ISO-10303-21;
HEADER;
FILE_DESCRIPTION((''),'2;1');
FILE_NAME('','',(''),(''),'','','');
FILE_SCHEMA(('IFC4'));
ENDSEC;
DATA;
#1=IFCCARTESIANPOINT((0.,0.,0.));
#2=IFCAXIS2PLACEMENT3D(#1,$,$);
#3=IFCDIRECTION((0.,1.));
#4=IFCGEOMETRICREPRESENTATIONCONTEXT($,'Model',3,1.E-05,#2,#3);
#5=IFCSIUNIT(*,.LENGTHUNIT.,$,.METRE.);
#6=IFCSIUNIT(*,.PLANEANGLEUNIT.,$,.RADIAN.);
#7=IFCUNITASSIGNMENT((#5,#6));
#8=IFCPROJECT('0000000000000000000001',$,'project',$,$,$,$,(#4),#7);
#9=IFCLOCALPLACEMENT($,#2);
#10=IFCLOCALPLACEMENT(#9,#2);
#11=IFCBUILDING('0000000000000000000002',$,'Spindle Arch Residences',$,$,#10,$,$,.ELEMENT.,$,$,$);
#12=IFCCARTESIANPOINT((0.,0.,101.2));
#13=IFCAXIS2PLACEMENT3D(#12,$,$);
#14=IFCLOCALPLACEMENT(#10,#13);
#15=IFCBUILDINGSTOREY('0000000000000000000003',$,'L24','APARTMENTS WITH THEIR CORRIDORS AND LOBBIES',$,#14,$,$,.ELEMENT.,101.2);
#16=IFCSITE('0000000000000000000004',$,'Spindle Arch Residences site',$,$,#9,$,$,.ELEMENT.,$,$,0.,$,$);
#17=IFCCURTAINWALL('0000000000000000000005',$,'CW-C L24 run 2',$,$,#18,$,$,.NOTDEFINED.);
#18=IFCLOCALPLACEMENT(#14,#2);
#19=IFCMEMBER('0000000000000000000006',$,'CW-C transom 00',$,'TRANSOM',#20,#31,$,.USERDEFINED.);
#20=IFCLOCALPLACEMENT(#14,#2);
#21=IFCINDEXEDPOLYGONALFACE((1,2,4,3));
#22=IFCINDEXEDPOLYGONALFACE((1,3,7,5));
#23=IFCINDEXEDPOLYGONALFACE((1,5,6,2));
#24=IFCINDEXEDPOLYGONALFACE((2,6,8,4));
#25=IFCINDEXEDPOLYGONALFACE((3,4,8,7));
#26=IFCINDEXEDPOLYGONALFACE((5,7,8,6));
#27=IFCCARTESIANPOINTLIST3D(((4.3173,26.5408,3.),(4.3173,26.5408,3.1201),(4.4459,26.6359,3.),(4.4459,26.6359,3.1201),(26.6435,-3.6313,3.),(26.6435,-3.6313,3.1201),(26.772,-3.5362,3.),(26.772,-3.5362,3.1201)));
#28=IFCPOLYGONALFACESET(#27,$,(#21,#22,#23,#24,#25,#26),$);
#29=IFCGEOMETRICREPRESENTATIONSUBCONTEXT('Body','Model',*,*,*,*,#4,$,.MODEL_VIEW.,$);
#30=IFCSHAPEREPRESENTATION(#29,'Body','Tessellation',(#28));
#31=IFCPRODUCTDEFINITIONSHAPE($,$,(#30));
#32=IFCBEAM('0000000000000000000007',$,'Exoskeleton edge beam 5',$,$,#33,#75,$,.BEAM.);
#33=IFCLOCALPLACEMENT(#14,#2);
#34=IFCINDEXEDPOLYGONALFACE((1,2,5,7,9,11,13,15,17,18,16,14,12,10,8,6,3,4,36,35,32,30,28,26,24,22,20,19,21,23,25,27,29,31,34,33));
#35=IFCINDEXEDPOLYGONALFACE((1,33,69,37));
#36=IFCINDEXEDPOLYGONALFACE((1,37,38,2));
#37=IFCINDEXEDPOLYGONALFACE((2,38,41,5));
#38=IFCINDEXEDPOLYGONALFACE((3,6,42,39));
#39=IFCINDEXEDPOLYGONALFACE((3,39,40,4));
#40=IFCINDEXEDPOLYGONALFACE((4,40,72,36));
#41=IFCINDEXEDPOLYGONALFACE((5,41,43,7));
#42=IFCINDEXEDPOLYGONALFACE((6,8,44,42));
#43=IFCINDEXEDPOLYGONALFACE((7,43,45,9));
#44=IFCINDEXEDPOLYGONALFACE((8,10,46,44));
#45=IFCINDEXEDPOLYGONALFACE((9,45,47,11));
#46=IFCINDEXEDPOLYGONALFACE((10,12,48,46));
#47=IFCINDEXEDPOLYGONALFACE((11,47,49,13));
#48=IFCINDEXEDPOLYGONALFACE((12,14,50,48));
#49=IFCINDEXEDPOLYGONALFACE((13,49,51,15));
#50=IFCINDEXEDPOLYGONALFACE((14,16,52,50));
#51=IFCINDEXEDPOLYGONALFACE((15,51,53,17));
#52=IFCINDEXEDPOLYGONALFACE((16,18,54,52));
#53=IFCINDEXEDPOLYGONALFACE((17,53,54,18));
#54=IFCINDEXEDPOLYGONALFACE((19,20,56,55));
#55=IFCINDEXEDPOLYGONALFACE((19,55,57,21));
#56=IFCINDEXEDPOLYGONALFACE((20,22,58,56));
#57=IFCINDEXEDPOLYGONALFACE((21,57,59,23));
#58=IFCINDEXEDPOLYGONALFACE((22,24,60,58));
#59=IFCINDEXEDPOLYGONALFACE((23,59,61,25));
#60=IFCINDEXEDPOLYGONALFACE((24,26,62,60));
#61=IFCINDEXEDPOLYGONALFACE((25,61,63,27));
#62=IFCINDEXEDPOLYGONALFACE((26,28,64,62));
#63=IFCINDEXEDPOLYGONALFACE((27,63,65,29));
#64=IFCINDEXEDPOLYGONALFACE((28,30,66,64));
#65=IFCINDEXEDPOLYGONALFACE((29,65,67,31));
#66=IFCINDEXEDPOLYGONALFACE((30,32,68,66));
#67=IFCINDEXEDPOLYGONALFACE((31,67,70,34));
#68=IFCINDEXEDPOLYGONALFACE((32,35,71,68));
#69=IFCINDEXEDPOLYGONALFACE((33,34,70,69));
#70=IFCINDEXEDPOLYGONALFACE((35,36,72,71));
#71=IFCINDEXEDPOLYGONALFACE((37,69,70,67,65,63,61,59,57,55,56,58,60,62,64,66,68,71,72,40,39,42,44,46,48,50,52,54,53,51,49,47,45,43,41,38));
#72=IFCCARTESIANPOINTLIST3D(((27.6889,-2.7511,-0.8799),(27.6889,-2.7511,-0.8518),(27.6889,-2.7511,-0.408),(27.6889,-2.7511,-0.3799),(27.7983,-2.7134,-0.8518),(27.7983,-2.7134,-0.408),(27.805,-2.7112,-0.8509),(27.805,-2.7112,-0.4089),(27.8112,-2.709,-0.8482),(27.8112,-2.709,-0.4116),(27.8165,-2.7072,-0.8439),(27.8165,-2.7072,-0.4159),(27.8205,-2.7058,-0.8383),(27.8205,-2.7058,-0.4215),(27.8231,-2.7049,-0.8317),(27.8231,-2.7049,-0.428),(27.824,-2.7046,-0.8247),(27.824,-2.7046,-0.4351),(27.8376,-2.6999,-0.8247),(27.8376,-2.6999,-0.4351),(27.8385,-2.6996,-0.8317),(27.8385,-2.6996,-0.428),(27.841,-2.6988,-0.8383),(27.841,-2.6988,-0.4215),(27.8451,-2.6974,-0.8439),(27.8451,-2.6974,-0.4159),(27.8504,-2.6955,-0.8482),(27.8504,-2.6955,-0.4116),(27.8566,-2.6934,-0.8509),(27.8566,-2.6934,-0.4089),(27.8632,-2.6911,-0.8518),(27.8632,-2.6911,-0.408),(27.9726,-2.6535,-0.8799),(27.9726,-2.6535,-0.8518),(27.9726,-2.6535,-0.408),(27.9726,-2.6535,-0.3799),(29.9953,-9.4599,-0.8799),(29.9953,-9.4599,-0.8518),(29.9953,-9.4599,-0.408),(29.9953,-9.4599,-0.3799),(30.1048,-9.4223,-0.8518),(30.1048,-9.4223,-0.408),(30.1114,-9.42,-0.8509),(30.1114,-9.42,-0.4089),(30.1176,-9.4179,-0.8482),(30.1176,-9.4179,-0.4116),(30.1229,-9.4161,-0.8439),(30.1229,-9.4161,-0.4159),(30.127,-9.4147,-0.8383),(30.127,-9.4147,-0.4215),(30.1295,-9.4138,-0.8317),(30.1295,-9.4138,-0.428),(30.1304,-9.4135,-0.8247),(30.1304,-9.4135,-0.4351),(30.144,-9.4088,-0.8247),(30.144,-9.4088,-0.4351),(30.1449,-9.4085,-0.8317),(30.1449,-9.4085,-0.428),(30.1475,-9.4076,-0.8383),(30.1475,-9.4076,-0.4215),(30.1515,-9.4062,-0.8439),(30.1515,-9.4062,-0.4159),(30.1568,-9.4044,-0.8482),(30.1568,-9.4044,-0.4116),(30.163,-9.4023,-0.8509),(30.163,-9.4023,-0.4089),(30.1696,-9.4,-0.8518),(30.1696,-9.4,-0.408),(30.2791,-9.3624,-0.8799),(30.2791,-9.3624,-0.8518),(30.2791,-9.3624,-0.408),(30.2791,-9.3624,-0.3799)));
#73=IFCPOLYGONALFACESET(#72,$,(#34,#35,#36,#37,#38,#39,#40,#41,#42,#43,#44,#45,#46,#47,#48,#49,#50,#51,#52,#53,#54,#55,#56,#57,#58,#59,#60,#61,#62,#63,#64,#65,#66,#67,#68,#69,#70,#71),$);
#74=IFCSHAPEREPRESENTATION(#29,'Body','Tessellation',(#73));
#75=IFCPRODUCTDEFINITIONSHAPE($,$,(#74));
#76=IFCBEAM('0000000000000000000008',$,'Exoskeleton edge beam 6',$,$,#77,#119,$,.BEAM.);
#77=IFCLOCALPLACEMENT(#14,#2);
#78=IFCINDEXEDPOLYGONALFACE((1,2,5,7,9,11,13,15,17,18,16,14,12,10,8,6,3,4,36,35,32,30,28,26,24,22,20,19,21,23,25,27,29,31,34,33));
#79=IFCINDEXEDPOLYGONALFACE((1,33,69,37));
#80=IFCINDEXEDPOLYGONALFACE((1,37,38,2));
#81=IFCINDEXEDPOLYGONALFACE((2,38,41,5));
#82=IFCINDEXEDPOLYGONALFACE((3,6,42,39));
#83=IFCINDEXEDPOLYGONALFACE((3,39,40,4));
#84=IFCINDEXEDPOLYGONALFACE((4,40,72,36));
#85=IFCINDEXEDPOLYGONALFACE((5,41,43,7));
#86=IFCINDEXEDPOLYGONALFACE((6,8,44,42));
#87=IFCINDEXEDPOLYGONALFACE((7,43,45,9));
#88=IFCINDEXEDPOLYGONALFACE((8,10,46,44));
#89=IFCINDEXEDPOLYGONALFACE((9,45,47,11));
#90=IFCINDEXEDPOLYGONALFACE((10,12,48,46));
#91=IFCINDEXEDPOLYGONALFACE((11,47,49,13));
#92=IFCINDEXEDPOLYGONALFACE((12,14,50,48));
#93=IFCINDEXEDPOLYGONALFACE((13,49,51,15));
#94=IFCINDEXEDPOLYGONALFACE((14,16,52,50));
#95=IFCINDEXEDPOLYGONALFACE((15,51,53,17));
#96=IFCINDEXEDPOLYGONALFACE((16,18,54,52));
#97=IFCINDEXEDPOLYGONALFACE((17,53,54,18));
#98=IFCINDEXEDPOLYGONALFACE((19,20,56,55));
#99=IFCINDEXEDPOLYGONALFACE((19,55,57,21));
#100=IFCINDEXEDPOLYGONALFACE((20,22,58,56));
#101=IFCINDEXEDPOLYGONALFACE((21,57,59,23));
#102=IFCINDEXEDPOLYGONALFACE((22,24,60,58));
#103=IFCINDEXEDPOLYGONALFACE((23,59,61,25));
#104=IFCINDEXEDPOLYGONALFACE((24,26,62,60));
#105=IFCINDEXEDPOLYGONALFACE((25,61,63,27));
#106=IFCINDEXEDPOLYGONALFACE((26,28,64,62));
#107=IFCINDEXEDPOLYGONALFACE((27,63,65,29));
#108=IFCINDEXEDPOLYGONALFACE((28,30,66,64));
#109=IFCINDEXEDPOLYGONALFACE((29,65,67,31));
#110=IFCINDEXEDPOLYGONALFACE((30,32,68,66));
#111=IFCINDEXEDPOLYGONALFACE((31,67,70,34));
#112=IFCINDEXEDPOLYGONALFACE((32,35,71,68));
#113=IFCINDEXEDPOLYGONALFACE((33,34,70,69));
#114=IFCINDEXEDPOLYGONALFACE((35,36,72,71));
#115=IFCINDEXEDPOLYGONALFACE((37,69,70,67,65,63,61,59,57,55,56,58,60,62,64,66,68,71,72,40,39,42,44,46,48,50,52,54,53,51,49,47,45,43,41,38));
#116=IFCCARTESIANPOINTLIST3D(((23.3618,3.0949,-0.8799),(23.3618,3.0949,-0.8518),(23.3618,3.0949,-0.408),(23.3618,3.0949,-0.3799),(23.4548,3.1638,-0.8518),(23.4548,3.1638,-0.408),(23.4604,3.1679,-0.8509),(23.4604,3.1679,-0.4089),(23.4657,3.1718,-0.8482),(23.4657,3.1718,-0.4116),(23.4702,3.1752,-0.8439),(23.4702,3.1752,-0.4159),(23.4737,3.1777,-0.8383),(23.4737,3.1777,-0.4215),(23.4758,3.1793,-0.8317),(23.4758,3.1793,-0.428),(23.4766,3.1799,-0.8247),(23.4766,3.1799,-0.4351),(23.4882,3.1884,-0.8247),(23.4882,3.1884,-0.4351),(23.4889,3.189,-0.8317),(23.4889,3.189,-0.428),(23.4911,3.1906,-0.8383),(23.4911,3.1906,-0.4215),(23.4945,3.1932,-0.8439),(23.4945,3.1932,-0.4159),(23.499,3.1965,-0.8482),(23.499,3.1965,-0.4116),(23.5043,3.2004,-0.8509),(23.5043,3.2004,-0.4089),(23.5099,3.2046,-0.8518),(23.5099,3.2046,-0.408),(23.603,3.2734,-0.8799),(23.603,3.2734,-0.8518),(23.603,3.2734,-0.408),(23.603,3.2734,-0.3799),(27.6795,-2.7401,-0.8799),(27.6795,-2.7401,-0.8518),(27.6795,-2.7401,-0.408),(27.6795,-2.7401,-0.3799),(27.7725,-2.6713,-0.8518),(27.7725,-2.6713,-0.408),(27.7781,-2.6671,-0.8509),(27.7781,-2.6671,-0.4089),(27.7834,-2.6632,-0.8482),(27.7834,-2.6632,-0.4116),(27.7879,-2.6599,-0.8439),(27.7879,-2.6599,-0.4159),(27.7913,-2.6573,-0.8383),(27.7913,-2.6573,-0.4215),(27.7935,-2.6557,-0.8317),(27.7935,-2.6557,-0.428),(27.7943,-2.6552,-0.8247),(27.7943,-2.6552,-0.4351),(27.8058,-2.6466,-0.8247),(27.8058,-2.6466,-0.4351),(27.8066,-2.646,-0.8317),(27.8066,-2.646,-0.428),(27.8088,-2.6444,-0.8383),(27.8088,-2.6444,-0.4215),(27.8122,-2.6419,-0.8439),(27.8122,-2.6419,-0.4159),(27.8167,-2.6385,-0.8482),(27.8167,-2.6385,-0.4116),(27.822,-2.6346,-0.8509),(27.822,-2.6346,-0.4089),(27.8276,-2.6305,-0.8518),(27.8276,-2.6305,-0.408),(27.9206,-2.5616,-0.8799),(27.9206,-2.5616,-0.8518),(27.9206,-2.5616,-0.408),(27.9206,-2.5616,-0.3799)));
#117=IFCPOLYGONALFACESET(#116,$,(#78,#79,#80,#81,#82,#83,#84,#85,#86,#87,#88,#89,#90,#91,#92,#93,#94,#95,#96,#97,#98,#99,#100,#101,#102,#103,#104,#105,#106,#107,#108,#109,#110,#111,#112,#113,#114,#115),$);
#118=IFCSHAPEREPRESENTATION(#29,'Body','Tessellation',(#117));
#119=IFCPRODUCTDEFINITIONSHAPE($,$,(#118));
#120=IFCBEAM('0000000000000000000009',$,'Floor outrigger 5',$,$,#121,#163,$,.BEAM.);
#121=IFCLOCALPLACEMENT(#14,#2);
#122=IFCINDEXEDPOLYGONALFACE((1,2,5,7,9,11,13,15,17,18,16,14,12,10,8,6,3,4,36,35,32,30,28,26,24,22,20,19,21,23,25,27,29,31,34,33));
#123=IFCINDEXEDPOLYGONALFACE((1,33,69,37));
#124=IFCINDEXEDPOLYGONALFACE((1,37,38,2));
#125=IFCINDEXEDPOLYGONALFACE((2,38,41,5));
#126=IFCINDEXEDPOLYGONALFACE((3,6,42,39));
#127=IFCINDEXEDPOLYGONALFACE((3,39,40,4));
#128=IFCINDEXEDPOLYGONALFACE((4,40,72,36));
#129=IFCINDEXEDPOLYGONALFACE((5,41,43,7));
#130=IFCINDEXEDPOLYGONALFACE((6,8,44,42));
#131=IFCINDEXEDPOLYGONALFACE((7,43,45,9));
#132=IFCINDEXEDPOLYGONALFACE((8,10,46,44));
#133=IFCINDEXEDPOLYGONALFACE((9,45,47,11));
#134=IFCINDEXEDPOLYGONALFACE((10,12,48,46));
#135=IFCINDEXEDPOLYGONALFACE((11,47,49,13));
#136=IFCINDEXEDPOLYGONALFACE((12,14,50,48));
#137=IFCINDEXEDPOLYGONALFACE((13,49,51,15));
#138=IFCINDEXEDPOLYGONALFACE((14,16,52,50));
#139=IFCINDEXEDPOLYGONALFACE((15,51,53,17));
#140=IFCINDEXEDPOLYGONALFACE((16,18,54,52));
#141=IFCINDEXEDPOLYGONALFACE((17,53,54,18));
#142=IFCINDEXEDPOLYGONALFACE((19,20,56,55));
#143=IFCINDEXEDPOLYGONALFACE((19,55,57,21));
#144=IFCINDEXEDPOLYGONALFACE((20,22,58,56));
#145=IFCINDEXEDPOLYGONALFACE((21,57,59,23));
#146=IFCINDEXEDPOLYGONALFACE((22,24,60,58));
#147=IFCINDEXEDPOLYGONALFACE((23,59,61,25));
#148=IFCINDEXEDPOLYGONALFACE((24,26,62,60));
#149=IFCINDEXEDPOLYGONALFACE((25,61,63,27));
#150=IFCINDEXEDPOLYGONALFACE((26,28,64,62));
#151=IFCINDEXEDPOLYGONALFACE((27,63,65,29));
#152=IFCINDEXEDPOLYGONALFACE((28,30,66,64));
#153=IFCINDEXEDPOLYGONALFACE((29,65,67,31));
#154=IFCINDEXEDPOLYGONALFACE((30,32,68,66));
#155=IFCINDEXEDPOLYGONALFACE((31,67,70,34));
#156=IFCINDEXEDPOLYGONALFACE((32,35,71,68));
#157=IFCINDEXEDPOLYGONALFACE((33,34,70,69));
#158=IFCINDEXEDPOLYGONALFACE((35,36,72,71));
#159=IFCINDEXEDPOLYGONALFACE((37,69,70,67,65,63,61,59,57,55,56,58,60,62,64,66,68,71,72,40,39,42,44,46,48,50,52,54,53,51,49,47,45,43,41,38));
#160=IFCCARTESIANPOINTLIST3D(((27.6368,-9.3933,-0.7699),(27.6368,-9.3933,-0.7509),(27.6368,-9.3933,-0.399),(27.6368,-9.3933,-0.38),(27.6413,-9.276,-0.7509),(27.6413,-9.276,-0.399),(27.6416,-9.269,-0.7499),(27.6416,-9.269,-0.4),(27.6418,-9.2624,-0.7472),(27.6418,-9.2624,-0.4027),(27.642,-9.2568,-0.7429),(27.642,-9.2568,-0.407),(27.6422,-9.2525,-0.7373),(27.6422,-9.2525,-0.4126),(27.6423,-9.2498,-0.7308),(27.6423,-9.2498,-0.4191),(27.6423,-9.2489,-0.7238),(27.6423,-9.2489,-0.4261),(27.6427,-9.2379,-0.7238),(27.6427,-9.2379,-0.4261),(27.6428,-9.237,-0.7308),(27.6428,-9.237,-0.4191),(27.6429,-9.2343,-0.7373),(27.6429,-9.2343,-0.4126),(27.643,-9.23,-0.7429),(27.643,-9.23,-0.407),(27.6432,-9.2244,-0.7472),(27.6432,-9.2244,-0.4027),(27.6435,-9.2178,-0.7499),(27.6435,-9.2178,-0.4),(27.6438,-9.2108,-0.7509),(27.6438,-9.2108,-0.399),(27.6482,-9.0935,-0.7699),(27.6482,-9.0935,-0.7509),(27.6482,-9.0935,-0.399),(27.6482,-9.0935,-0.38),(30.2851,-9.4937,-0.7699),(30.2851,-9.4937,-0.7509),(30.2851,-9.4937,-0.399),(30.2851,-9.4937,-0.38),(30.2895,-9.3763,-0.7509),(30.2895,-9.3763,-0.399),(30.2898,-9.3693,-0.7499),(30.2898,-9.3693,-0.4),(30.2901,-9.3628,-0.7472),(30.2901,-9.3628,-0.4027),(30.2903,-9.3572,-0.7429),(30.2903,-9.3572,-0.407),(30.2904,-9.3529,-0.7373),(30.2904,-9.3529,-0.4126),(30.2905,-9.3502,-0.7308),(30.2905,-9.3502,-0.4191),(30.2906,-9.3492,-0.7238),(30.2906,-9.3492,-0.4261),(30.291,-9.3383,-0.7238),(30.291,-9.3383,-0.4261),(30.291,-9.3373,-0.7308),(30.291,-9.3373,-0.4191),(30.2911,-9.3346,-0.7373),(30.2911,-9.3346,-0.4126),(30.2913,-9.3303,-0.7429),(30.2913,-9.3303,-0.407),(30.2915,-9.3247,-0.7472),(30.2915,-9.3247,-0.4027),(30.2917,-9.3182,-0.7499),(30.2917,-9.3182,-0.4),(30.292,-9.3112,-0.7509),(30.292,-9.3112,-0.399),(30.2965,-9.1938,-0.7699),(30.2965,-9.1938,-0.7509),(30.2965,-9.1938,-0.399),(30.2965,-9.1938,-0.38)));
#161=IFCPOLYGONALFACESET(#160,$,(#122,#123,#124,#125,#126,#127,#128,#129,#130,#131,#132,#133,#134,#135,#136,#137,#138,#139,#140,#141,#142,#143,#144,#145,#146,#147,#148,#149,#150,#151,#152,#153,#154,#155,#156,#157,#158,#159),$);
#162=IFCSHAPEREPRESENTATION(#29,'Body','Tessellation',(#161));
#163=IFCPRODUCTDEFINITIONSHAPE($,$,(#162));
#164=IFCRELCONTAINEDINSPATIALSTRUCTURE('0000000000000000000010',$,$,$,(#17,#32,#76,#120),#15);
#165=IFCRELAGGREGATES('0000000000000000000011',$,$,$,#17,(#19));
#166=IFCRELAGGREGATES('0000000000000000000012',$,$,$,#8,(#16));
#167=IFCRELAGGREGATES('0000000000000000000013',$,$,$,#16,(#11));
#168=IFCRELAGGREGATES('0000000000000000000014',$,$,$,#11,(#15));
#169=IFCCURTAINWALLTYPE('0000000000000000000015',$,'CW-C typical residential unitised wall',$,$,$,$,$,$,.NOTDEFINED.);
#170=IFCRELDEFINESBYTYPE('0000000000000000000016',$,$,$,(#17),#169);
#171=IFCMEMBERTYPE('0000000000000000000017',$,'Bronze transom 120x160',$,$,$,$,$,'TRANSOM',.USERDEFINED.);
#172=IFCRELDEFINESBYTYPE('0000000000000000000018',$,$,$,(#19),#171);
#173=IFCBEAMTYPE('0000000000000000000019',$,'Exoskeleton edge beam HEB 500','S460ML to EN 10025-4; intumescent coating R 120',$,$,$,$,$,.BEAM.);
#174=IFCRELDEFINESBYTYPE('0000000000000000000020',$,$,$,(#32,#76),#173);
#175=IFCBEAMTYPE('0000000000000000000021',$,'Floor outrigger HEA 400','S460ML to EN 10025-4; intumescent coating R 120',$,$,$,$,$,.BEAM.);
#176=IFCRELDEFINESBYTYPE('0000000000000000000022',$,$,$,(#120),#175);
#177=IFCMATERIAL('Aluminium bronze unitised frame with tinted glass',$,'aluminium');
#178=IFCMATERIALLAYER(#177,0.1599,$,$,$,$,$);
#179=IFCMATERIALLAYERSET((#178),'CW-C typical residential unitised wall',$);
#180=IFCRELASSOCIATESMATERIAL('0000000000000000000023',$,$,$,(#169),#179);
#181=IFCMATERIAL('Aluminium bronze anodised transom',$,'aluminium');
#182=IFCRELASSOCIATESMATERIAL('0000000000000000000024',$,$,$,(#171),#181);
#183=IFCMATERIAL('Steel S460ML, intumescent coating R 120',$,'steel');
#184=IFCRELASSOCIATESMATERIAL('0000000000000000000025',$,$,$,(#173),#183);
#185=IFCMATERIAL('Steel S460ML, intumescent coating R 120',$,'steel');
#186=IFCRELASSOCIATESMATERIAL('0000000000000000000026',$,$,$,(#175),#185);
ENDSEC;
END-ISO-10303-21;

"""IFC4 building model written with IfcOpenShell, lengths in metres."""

from ifc_helpers import new_model, si_unit, direction, frame, origin, origin_2d, place, context, subcontext, project, spatial, rectangle, i_section, extrude, material, layer, layer_set, material_profile, profile_set, type_object, element, aggregate, save


model = new_model("IFC4")

# Units and contexts
model_context = context("Model", 3, precision=1e-05, world=origin(), true_north=direction((0.0, 1.0)))
body_context = subcontext(model_context, "Body", "Model", "MODEL_VIEW")
ifc_project = project(units=[si_unit("LENGTHUNIT", "METRE"), si_unit("PLANEANGLEUNIT", "RADIAN")], contexts=[model_context])

# Site, building, storey
site_placement = place(None, origin())
site = spatial("IfcSite", under=ifc_project, at=site_placement, Name="Spindle Arch Residences site", CompositionType="ELEMENT", RefElevation=0.0)
building_placement = place(site_placement, origin())
building = spatial("IfcBuilding", under=site, at=building_placement, Name="Spindle Arch Residences", CompositionType="ELEMENT")
storey_placement = place(building_placement, frame((0.0, 0.0, 101.2)))
storey = spatial("IfcBuildingStorey", under=building, at=storey_placement, Name="L24", Description="APARTMENTS WITH THEIR CORRIDORS AND LOBBIES", CompositionType="ELEMENT", Elevation=101.2)

# Curtain wall
ifc_material_1 = material(Name="Aluminium bronze unitised frame with tinted glass", Category="aluminium")
ifc_layer_1 = layer(ifc_material_1, 0.1599)
ifc_layer_set_1 = layer_set([ifc_layer_1], Name="CW-C typical residential unitised wall")
curtain_wall_type_1 = type_object("IfcCurtainWallType", Name="CW-C typical residential unitised wall", PredefinedType="NOTDEFINED", material=ifc_layer_set_1)
curtain_wall_1_placement = place(storey_placement, origin())
curtain_wall_1 = element("IfcCurtainWall", 1, at=curtain_wall_1_placement, inside=storey, type_object=curtain_wall_type_1, Name="CW-C L24 run 2", PredefinedType="NOTDEFINED")

# Member
ifc_material_2 = material(Name="Aluminium bronze anodised transom", Category="aluminium")
ifc_material_profile_1 = material_profile(ifc_material_2, rectangle(XDim=0.1599, YDim=0.1201, at=origin_2d()), Name="TR 120x160")
ifc_profile_set_1 = profile_set([ifc_material_profile_1], Name="Aluminium bronze anodised transom")
member_type_1 = type_object("IfcMemberType", Name="Bronze transom 120x160", ElementType="TRANSOM", PredefinedType="USERDEFINED", material=ifc_profile_set_1)
member_1_placement = place(storey_placement, frame((26.7078, -3.5837, 3.0601), z_axis=(-0.594822, 0.803857, 0.0), x_axis=(-0.803857, -0.594822, 0.0)))
member_1 = element("IfcMember", 2, at=member_1_placement, type_object=member_type_1, Name="CW-C transom 00", ObjectType="TRANSOM", PredefinedType="USERDEFINED", context=body_context, shape_type="SweptSolid", body=[
    extrude(rectangle(XDim=0.1599, YDim=0.1201, at=origin_2d()), origin(), (0.0, 0.0, 1.0), 37.5342),
])

# Beams
ifc_material_3 = material(Name="Steel S460ML, intumescent coating R 120", Category="steel")
ifc_material_profile_2 = material_profile(ifc_material_3, i_section(OverallWidth=0.3, OverallDepth=0.5, WebThickness=0.0144, FlangeThickness=0.0281, FilletRadius=0.0271, at=origin_2d()), Name="HEB 500")
ifc_profile_set_2 = profile_set([ifc_material_profile_2], Name="Steel S460ML, intumescent coating R 120")
beam_type_1 = type_object("IfcBeamType", Name="Exoskeleton edge beam HEB 500", Description="S460ML to EN 10025-4; intumescent coating R 120", PredefinedType="BEAM", material=ifc_profile_set_2)
beam_1_placement = place(storey_placement, frame((30.1372, -9.4111, -0.6299), z_axis=(-0.325113, 0.945675, 0.0), x_axis=(-0.945675, -0.325113, 0.0)))
element("IfcBeam", 3, at=beam_1_placement, inside=storey, type_object=beam_type_1, Name="Exoskeleton edge beam 5", PredefinedType="BEAM", context=body_context, shape_type="SweptSolid", body=[
    extrude(i_section(OverallWidth=0.3, OverallDepth=0.5, WebThickness=0.0144, FlangeThickness=0.0281, FilletRadius=0.0271, at=origin_2d()), origin(), (0.0, 0.0, 1.0), 7.0942),
])
beam_2_placement = place(storey_placement, frame((27.8, -2.6509, -0.6299), z_axis=(-0.594821, 0.803858, 0.0), x_axis=(-0.803858, -0.594821, 0.0)))
element("IfcBeam", 4, at=beam_2_placement, inside=storey, type_object=beam_type_1, Name="Exoskeleton edge beam 6", PredefinedType="BEAM", context=body_context, shape_type="SweptSolid", body=[
    extrude(i_section(OverallWidth=0.3, OverallDepth=0.5, WebThickness=0.0144, FlangeThickness=0.0281, FilletRadius=0.0271, at=origin_2d()), origin(), (0.0, 0.0, 1.0), 7.2588),
])
ifc_material_4 = material(Name="Steel S460ML, intumescent coating R 120", Category="steel")
ifc_material_profile_3 = material_profile(ifc_material_4, i_section(OverallWidth=0.3, OverallDepth=0.3899, WebThickness=0.011, FlangeThickness=0.019, FilletRadius=0.0271, at=origin_2d()), Name="HEA 400")
ifc_profile_set_3 = profile_set([ifc_material_profile_3], Name="Steel S460ML, intumescent coating R 120")
beam_type_2 = type_object("IfcBeamType", Name="Floor outrigger HEA 400", Description="S460ML to EN 10025-4; intumescent coating R 120", PredefinedType="BEAM", material=ifc_profile_set_3)
beam_3_placement = place(storey_placement, frame((30.2908, -9.3438, -0.575), z_axis=(-0.999283, 0.037863, 0.0), x_axis=(-0.037863, -0.999283, 0.0)))
element("IfcBeam", 5, at=beam_3_placement, inside=storey, type_object=beam_type_2, Name="Floor outrigger 5", PredefinedType="BEAM", context=body_context, shape_type="SweptSolid", body=[
    extrude(i_section(OverallWidth=0.3, OverallDepth=0.3899, WebThickness=0.011, FlangeThickness=0.019, FilletRadius=0.0271, at=origin_2d()), origin(), (0.0, 0.0, 1.0), 2.6501),
])

aggregate(curtain_wall_1, [member_1])

save(model, "model.ifc")
